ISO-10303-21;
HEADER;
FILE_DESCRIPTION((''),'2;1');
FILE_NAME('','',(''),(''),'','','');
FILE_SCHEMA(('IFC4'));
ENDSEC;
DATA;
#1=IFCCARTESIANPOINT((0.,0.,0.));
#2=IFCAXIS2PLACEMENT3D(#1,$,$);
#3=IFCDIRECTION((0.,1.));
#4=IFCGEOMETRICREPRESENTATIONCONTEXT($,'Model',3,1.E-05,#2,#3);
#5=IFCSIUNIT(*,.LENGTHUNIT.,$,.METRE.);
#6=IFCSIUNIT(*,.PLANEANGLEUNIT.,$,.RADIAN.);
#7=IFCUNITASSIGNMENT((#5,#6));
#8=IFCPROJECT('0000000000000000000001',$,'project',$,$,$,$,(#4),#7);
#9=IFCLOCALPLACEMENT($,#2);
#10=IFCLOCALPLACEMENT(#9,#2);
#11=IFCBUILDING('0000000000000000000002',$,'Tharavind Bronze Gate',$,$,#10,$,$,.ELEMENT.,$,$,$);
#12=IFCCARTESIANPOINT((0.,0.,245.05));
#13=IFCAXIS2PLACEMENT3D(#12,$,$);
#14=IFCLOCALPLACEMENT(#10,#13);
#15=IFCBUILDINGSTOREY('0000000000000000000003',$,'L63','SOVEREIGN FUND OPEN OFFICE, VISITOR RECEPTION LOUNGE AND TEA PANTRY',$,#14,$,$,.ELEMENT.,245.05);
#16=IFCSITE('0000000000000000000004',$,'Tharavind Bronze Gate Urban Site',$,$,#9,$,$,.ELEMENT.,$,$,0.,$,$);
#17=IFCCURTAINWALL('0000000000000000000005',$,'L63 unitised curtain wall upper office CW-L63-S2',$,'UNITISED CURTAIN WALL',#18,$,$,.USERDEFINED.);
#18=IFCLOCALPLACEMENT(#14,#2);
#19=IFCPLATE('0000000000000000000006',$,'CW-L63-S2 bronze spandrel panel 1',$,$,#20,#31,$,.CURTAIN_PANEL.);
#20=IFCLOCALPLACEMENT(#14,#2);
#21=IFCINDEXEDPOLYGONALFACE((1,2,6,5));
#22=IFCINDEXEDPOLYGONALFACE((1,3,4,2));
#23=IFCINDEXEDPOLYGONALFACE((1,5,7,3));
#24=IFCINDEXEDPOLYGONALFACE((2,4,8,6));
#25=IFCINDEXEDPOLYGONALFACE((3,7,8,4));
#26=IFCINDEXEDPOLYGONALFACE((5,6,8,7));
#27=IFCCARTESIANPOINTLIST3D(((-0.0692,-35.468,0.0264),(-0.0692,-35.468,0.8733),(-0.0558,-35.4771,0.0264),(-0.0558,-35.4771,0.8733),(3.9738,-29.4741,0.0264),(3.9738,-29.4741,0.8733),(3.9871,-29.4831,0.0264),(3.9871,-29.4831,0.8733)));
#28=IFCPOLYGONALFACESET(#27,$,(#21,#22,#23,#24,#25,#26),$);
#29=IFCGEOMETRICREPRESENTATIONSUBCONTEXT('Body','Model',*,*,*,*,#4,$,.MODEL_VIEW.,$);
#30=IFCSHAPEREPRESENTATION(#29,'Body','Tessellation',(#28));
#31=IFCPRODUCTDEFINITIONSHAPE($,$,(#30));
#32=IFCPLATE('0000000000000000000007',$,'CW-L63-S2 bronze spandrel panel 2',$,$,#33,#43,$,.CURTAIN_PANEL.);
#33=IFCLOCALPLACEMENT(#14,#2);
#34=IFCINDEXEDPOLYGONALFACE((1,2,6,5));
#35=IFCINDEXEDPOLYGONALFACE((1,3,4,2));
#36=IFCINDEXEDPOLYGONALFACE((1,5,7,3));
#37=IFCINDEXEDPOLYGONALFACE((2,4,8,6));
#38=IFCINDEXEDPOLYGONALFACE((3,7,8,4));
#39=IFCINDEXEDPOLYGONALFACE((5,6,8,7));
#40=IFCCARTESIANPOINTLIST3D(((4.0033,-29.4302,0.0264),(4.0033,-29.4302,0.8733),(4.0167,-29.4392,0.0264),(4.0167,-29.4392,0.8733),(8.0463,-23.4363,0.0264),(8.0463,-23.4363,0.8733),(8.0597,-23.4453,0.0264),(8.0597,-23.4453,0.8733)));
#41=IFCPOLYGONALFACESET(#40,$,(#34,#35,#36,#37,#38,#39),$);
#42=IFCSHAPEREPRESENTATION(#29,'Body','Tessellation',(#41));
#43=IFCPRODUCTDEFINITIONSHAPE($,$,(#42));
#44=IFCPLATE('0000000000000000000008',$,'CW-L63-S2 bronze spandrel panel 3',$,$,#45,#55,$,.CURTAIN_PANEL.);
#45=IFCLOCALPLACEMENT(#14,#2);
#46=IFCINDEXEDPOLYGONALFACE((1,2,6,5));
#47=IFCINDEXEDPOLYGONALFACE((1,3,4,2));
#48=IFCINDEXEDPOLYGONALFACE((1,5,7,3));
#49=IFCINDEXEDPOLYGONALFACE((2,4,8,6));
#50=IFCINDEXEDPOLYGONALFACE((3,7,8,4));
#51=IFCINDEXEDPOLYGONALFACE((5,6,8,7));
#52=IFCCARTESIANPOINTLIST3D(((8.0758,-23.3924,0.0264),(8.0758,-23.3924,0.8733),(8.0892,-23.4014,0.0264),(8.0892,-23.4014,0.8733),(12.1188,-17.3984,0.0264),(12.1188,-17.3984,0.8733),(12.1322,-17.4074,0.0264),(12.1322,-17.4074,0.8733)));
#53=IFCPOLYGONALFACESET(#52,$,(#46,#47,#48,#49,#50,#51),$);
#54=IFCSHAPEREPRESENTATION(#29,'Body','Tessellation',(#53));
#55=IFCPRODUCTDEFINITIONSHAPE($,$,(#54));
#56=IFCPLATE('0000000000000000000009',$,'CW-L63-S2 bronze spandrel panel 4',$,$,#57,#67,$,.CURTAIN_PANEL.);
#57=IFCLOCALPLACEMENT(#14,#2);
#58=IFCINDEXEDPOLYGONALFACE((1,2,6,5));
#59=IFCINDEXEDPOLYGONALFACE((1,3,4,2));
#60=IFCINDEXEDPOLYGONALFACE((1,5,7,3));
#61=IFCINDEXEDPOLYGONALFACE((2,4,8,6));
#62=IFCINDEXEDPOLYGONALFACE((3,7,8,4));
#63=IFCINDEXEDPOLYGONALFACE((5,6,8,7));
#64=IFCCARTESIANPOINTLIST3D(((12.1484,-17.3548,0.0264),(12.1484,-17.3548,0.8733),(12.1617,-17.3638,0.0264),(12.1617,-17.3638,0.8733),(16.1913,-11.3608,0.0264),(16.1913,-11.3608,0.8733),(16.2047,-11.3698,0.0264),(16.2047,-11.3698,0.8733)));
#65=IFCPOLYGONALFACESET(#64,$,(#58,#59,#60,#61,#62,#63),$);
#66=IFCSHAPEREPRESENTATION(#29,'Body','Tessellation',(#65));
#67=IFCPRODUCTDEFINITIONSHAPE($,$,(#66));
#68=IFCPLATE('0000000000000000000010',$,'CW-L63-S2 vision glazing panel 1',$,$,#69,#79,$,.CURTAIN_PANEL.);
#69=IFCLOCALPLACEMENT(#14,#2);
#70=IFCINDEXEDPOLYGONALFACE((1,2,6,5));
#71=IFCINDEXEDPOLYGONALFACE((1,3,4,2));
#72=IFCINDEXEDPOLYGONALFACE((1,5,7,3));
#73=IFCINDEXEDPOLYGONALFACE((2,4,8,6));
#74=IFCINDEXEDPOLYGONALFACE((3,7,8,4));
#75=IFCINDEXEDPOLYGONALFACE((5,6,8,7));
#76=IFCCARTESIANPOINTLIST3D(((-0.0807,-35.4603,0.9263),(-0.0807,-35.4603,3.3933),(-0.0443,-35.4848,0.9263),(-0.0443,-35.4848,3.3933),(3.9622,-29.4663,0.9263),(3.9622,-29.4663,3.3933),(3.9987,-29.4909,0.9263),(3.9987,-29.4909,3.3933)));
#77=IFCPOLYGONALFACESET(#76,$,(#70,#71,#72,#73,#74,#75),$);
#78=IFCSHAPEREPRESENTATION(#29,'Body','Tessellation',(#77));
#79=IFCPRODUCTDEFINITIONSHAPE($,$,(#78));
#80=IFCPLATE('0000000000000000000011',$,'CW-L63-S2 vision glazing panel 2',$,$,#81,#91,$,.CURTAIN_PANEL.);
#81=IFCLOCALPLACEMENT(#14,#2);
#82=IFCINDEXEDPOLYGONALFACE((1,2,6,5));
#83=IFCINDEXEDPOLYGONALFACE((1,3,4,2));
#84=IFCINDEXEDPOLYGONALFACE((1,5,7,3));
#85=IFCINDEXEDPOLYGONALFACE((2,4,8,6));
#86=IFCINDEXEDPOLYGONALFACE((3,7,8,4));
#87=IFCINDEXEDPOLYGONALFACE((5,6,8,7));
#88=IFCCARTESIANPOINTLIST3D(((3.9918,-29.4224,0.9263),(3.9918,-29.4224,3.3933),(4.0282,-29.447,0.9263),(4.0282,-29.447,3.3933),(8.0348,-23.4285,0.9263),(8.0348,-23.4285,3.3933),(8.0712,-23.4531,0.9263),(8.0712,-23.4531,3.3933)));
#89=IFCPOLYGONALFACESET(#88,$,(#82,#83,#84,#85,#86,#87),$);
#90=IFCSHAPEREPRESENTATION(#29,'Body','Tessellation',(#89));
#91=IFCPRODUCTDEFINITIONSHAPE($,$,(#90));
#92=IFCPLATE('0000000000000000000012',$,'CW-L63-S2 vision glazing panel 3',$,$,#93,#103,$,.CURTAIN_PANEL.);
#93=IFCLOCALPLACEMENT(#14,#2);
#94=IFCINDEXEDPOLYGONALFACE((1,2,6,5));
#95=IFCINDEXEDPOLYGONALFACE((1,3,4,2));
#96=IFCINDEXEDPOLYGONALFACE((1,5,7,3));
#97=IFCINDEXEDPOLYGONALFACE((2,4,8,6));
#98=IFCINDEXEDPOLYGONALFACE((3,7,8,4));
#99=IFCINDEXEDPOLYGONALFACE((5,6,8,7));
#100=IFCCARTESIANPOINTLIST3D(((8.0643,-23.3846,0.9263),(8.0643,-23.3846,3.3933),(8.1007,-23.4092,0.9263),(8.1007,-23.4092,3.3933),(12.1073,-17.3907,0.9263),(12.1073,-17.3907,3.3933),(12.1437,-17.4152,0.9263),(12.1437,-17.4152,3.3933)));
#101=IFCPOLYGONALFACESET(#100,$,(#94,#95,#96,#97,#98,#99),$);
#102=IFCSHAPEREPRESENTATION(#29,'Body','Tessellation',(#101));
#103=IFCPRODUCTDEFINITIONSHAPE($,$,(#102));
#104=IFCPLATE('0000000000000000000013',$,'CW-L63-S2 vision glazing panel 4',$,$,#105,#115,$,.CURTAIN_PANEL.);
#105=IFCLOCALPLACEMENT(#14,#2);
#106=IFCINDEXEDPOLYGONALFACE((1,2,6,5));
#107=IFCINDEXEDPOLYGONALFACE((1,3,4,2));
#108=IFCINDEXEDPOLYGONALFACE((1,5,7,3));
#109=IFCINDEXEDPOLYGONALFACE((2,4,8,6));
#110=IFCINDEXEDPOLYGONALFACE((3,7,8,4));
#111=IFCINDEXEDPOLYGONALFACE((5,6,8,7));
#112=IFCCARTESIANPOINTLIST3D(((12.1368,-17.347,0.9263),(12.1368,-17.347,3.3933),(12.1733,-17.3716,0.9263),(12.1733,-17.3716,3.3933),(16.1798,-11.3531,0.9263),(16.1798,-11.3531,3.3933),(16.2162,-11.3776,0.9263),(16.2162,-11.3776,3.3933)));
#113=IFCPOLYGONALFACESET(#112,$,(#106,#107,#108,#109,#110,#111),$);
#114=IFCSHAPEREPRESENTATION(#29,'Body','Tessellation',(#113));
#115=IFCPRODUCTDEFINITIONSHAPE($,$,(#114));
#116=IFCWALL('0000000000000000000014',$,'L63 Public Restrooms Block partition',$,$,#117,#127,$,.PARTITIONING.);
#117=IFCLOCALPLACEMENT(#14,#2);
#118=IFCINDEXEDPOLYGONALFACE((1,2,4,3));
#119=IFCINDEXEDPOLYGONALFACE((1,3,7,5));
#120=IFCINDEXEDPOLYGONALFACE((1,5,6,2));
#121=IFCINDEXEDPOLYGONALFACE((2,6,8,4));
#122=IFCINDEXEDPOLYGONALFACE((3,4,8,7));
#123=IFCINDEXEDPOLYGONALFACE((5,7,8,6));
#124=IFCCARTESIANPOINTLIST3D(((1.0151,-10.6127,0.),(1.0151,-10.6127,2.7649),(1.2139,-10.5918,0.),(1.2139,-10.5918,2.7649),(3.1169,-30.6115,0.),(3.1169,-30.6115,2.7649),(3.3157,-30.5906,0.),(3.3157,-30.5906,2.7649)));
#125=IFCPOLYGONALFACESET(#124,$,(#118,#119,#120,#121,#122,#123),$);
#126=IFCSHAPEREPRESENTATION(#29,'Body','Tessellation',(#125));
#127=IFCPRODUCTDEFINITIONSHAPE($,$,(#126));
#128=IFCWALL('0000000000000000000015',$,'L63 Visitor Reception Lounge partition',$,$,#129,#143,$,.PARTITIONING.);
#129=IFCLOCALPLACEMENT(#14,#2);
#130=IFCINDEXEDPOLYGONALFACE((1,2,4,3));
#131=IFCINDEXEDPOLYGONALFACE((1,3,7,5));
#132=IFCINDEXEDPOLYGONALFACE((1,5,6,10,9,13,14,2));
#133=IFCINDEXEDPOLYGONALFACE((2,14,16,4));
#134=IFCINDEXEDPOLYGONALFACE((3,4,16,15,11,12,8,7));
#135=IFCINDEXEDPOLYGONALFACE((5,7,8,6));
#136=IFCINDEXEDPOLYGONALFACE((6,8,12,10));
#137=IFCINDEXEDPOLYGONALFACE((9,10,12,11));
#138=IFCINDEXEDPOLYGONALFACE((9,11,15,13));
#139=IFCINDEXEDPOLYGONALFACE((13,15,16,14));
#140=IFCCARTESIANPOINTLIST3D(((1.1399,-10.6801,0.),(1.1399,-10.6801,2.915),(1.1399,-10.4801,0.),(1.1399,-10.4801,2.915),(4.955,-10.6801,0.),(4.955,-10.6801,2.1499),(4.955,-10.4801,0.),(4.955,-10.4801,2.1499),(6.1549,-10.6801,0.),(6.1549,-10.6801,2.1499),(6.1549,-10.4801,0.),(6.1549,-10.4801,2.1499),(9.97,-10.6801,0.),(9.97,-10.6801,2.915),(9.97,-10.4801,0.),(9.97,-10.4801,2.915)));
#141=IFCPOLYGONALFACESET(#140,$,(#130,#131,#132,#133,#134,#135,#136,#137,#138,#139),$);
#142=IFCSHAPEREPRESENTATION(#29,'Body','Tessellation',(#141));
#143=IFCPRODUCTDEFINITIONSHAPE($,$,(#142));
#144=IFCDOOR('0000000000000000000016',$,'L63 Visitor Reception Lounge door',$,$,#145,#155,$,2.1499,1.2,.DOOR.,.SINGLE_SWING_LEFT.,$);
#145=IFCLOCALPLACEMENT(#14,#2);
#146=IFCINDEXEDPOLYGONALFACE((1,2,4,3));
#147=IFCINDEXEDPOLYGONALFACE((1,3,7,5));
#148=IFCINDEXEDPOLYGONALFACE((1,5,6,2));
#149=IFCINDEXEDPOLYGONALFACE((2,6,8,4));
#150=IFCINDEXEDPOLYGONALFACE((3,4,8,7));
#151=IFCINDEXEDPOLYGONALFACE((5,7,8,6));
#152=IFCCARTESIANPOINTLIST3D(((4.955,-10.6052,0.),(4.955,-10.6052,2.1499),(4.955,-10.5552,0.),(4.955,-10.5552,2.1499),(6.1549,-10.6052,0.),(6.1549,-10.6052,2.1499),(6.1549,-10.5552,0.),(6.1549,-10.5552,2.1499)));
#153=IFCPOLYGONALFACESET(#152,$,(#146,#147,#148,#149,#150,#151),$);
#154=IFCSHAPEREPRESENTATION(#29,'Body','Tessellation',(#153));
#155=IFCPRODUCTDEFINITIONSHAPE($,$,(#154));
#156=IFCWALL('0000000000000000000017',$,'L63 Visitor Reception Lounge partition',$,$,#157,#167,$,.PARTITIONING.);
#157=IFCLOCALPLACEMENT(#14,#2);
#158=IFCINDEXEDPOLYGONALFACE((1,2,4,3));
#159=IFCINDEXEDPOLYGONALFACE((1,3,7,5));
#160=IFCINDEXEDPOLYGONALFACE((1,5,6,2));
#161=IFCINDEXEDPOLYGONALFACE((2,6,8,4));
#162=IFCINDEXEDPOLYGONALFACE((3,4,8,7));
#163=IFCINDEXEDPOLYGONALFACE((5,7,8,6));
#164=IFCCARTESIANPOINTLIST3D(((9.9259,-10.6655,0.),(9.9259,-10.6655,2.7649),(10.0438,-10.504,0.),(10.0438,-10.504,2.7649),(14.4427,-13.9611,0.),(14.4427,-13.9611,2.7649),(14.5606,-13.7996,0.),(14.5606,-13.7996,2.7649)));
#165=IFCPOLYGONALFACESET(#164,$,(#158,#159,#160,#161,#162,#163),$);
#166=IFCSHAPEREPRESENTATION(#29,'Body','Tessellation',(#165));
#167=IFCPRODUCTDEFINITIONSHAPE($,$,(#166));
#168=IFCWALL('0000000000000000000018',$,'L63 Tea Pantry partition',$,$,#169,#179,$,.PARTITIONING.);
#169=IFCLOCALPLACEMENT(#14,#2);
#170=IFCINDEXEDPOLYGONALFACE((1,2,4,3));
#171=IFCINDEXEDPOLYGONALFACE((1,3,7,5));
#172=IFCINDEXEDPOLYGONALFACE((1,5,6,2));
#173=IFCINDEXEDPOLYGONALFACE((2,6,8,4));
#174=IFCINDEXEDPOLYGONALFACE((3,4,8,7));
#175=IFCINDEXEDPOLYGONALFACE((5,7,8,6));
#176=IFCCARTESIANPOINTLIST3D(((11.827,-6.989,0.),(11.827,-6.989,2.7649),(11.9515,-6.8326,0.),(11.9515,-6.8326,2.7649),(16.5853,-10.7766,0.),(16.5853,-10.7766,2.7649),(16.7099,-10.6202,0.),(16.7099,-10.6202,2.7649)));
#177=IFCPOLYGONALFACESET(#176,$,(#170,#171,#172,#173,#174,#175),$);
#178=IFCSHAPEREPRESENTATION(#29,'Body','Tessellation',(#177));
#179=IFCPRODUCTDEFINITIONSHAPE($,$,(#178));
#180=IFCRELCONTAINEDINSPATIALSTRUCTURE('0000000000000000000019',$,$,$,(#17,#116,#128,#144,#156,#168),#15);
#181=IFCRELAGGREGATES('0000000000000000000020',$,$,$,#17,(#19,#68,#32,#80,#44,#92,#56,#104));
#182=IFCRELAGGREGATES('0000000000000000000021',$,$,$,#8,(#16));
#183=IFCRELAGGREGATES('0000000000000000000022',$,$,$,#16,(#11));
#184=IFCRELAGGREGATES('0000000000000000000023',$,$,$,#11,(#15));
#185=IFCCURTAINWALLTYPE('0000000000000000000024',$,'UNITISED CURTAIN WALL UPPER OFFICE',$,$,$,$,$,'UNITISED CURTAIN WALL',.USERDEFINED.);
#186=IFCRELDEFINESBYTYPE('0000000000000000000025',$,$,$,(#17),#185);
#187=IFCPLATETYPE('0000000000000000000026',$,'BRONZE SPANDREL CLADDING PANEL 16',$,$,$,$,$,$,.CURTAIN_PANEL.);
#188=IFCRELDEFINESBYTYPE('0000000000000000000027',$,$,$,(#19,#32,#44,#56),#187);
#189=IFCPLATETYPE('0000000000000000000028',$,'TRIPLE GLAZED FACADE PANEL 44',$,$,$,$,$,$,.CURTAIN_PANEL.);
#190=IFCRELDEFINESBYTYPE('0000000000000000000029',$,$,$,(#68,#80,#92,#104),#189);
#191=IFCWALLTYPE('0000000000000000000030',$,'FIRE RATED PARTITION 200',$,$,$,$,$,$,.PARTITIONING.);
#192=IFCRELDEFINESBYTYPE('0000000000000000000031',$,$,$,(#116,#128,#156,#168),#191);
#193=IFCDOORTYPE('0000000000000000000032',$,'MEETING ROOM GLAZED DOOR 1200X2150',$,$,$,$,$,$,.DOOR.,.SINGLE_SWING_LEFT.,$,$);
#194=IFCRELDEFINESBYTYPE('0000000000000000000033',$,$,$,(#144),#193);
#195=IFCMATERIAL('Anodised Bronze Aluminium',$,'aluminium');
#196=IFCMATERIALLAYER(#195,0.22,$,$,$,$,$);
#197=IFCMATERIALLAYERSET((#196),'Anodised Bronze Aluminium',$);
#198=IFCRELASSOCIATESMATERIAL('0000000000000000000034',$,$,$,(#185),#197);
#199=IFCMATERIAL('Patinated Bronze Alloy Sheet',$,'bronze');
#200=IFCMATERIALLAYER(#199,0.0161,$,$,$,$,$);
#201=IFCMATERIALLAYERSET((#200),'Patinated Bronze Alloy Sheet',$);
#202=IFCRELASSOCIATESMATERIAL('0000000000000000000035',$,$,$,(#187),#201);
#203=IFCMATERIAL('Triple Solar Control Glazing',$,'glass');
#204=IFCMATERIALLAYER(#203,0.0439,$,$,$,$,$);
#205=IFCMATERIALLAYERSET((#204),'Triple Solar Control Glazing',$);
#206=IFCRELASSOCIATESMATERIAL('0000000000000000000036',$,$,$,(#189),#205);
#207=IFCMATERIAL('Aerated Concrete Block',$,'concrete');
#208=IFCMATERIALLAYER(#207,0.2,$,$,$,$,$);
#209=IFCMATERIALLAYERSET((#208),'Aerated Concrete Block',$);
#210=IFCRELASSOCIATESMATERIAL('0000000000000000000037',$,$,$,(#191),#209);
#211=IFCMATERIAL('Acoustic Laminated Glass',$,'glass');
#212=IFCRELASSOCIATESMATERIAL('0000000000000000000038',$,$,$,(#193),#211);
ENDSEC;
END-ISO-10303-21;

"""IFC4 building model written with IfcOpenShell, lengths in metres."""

from ifc_helpers import new_model, si_unit, direction, frame, frame_2d, origin, origin_2d, place, context, subcontext, project, spatial, rectangle, extrude, material, layer, layer_set, type_object, element, fill, aggregate, save


model = new_model("IFC4")

# Units and contexts
model_context = context("Model", 3, precision=1e-05, world=origin(), true_north=direction((0.0, 1.0)))
body_context = subcontext(model_context, "Body", "Model", "MODEL_VIEW")
ifc_project = project(units=[si_unit("LENGTHUNIT", "METRE"), si_unit("PLANEANGLEUNIT", "RADIAN")], contexts=[model_context])

# Site, building, storey
site_placement = place(None, origin())
site = spatial("IfcSite", under=ifc_project, at=site_placement, Name="Tharavind Bronze Gate Urban Site", CompositionType="ELEMENT", RefElevation=0.0)
building_placement = place(site_placement, origin())
building = spatial("IfcBuilding", under=site, at=building_placement, Name="Tharavind Bronze Gate", CompositionType="ELEMENT")
storey_placement = place(building_placement, frame((0.0, 0.0, 245.05)))
storey = spatial("IfcBuildingStorey", under=building, at=storey_placement, Name="L63", Description="SOVEREIGN FUND OPEN OFFICE, VISITOR RECEPTION LOUNGE AND TEA PANTRY", CompositionType="ELEMENT", Elevation=245.05)

# Curtain wall
ifc_material_1 = material(Name="Anodised Bronze Aluminium", Category="aluminium")
ifc_layer_1 = layer(ifc_material_1, 0.22)
ifc_layer_set_1 = layer_set([ifc_layer_1], Name="Anodised Bronze Aluminium")
curtain_wall_type = type_object("IfcCurtainWallType", Name="UNITISED CURTAIN WALL UPPER OFFICE", ElementType="UNITISED CURTAIN WALL", PredefinedType="USERDEFINED", material=ifc_layer_set_1)
curtain_wall_placement = place(storey_placement, origin())
curtain_wall = element("IfcCurtainWall", 1, at=curtain_wall_placement, inside=storey, type_object=curtain_wall_type, Name="L63 unitised curtain wall upper office CW-L63-S2", ObjectType="UNITISED CURTAIN WALL", PredefinedType="USERDEFINED")

# Plates
ifc_material_2 = material(Name="Patinated Bronze Alloy Sheet", Category="bronze")
ifc_layer_2 = layer(ifc_material_2, 0.0161)
ifc_layer_set_2 = layer_set([ifc_layer_2], Name="Patinated Bronze Alloy Sheet")
plate_type_1 = type_object("IfcPlateType", Name="BRONZE SPANDREL CLADDING PANEL 16", PredefinedType="CURTAIN_PANEL", material=ifc_layer_set_2)
plate_1_placement = place(storey_placement, frame((1.959, -32.4756, 0.0264), z_axis=(0.0, 0.0, 1.0), x_axis=(0.559193, 0.829038, 0.0)))
plate_1 = element("IfcPlate", 2, at=plate_1_placement, type_object=plate_type_1, Name="CW-L63-S2 bronze spandrel panel 1", PredefinedType="CURTAIN_PANEL", context=body_context, shape_type="SweptSolid", body=[
    extrude(rectangle(XDim=7.23, YDim=0.0161, at=origin_2d()), origin(), (0.0, 0.0, 1.0), 0.8469),
])
plate_2_placement = place(storey_placement, frame((6.0315, -26.4377, 0.0264), z_axis=(0.0, 0.0, 1.0), x_axis=(0.559193, 0.829038, 0.0)))
plate_2 = element("IfcPlate", 3, at=plate_2_placement, type_object=plate_type_1, Name="CW-L63-S2 bronze spandrel panel 2", PredefinedType="CURTAIN_PANEL", context=body_context, shape_type="SweptSolid", body=[
    extrude(rectangle(XDim=7.23, YDim=0.0161, at=origin_2d()), origin(), (0.0, 0.0, 1.0), 0.8469),
])
plate_3_placement = place(storey_placement, frame((10.104, -20.3999, 0.0264), z_axis=(0.0, 0.0, 1.0), x_axis=(0.559193, 0.829038, 0.0)))
plate_3 = element("IfcPlate", 4, at=plate_3_placement, type_object=plate_type_1, Name="CW-L63-S2 bronze spandrel panel 3", PredefinedType="CURTAIN_PANEL", context=body_context, shape_type="SweptSolid", body=[
    extrude(rectangle(XDim=7.23, YDim=0.0161, at=origin_2d()), origin(), (0.0, 0.0, 1.0), 0.8469),
])
plate_4_placement = place(storey_placement, frame((14.1765, -14.3623, 0.0264), z_axis=(0.0, 0.0, 1.0), x_axis=(0.559193, 0.829038, 0.0)))
plate_4 = element("IfcPlate", 5, at=plate_4_placement, type_object=plate_type_1, Name="CW-L63-S2 bronze spandrel panel 4", PredefinedType="CURTAIN_PANEL", context=body_context, shape_type="SweptSolid", body=[
    extrude(rectangle(XDim=7.23, YDim=0.0161, at=origin_2d()), origin(), (0.0, 0.0, 1.0), 0.8469),
])
ifc_material_3 = material(Name="Triple Solar Control Glazing", Category="glass")
ifc_layer_3 = layer(ifc_material_3, 0.0439)
ifc_layer_set_3 = layer_set([ifc_layer_3], Name="Triple Solar Control Glazing")
plate_type_2 = type_object("IfcPlateType", Name="TRIPLE GLAZED FACADE PANEL 44", PredefinedType="CURTAIN_PANEL", material=ifc_layer_set_3)
plate_5_placement = place(storey_placement, frame((1.959, -32.4756, 0.9263), z_axis=(0.0, 0.0, 1.0), x_axis=(0.559193, 0.829038, 0.0)))
plate_5 = element("IfcPlate", 6, at=plate_5_placement, type_object=plate_type_2, Name="CW-L63-S2 vision glazing panel 1", PredefinedType="CURTAIN_PANEL", context=body_context, shape_type="SweptSolid", body=[
    extrude(rectangle(XDim=7.23, YDim=0.0439, at=origin_2d()), origin(), (0.0, 0.0, 1.0), 2.467),
])
plate_6_placement = place(storey_placement, frame((6.0315, -26.4377, 0.9263), z_axis=(0.0, 0.0, 1.0), x_axis=(0.559193, 0.829038, 0.0)))
plate_6 = element("IfcPlate", 7, at=plate_6_placement, type_object=plate_type_2, Name="CW-L63-S2 vision glazing panel 2", PredefinedType="CURTAIN_PANEL", context=body_context, shape_type="SweptSolid", body=[
    extrude(rectangle(XDim=7.23, YDim=0.0439, at=origin_2d()), origin(), (0.0, 0.0, 1.0), 2.467),
])
plate_7_placement = place(storey_placement, frame((10.104, -20.3999, 0.9263), z_axis=(0.0, 0.0, 1.0), x_axis=(0.559193, 0.829038, 0.0)))
plate_7 = element("IfcPlate", 8, at=plate_7_placement, type_object=plate_type_2, Name="CW-L63-S2 vision glazing panel 3", PredefinedType="CURTAIN_PANEL", context=body_context, shape_type="SweptSolid", body=[
    extrude(rectangle(XDim=7.23, YDim=0.0439, at=origin_2d()), origin(), (0.0, 0.0, 1.0), 2.467),
])
plate_8_placement = place(storey_placement, frame((14.1765, -14.3623, 0.9263), z_axis=(0.0, 0.0, 1.0), x_axis=(0.559193, 0.829038, 0.0)))
plate_8 = element("IfcPlate", 9, at=plate_8_placement, type_object=plate_type_2, Name="CW-L63-S2 vision glazing panel 4", PredefinedType="CURTAIN_PANEL", context=body_context, shape_type="SweptSolid", body=[
    extrude(rectangle(XDim=7.23, YDim=0.0439, at=origin_2d()), origin(), (0.0, 0.0, 1.0), 2.467),
])
aggregate(curtain_wall, [plate_1, plate_5, plate_2, plate_6, plate_3, plate_7, plate_4, plate_8])

# Wall
ifc_material_4 = material(Name="Aerated Concrete Block", Category="concrete")
ifc_layer_4 = layer(ifc_material_4, 0.2)
ifc_layer_set_4 = layer_set([ifc_layer_4], Name="Aerated Concrete Block")
wall_type_1 = type_object("IfcWallType", Name="FIRE RATED PARTITION 200", PredefinedType="PARTITIONING", material=ifc_layer_set_4)
wall_1_placement = place(storey_placement, frame((1.1145, -10.6023, 0.0), z_axis=(0.0, 0.0, 1.0), x_axis=(0.104521, -0.994523, 0.0)))
element("IfcWall", 10, at=wall_1_placement, inside=storey, type_object=wall_type_1, Name="L63 Public Restrooms Block partition", PredefinedType="PARTITIONING", context=body_context, shape_type="SweptSolid", body=[
    extrude(rectangle(XDim=20.1089, YDim=0.2, at=frame_2d((10.0544, 0.0))), origin(), (0.0, 0.0, 1.0), 2.7649),
])

# Wall, opening, door
wall_2_placement = place(storey_placement, frame((1.1399, -10.5801, 0.0), z_axis=(0.0, 0.0, 1.0), x_axis=(1.0, 0.0, 0.0)))
wall_2 = element("IfcWall", 11, at=wall_2_placement, inside=storey, type_object=wall_type_1, Name="L63 Visitor Reception Lounge partition", PredefinedType="PARTITIONING", context=body_context, shape_type="SweptSolid", body=[
    extrude(rectangle(XDim=8.8301, YDim=0.2, at=frame_2d((4.415, 0.0))), origin(), (0.0, 0.0, 1.0), 2.915),
])
opening_placement = place(wall_2_placement, frame((3.8149, 0.0, 0.0)))
opening = element("IfcOpeningElement", 12, at=opening_placement, cuts=wall_2, PredefinedType="OPENING", context=body_context, shape_type="SweptSolid", body=[
    extrude(rectangle(XDim=1.2, YDim=2.1499, at=frame_2d((0.6001, 1.075))), frame((0.0, 0.1101, 0.0), z_axis=(0.0, -1.0, 0.0), x_axis=(1.0, 0.0, 0.0)), (0.0, 0.0, 1.0), 0.22),
])
ifc_material_5 = material(Name="Acoustic Laminated Glass", Category="glass")
door_type = type_object("IfcDoorType", Name="MEETING ROOM GLAZED DOOR 1200X2150", OperationType="SINGLE_SWING_LEFT", PredefinedType="DOOR", material=ifc_material_5)
door_placement = place(opening_placement, origin())
door = element("IfcDoor", 13, at=door_placement, inside=storey, type_object=door_type, Name="L63 Visitor Reception Lounge door", OperationType="SINGLE_SWING_LEFT", OverallHeight=2.1499, OverallWidth=1.2, PredefinedType="DOOR", context=body_context, shape_type="SweptSolid", body=[
    extrude(rectangle(XDim=1.2, YDim=2.1499, at=frame_2d((0.6001, 1.075))), frame((0.0, 0.0249, 0.0), z_axis=(0.0, -1.0, 0.0), x_axis=(1.0, 0.0, 0.0)), (0.0, 0.0, 1.0), 0.05),
])
fill(opening, door)

# Walls
wall_3_placement = place(storey_placement, frame((9.9849, -10.5847, 0.0), z_axis=(0.0, 0.0, 1.0), x_axis=(0.807827, -0.58942, 0.0)))
element("IfcWall", 14, at=wall_3_placement, inside=storey, type_object=wall_type_1, Name="L63 Visitor Reception Lounge partition", PredefinedType="PARTITIONING", context=body_context, shape_type="SweptSolid", body=[
    extrude(rectangle(XDim=5.5913, YDim=0.2, at=frame_2d((2.7957, 0.0))), origin(), (0.0, 0.0, 1.0), 2.7649),
])
wall_4_placement = place(storey_placement, frame((16.6477, -10.6985, 0.0), z_axis=(0.0, 0.0, 1.0), x_axis=(-0.782394, 0.622784, 0.0)))
element("IfcWall", 15, at=wall_4_placement, inside=storey, type_object=wall_type_1, Name="L63 Tea Pantry partition", PredefinedType="PARTITIONING", context=body_context, shape_type="SweptSolid", body=[
    extrude(rectangle(XDim=6.0818, YDim=0.2, at=frame_2d((3.041, 0.0))), origin(), (0.0, 0.0, 1.0), 2.7649),
])

save(model, "model.ifc")
